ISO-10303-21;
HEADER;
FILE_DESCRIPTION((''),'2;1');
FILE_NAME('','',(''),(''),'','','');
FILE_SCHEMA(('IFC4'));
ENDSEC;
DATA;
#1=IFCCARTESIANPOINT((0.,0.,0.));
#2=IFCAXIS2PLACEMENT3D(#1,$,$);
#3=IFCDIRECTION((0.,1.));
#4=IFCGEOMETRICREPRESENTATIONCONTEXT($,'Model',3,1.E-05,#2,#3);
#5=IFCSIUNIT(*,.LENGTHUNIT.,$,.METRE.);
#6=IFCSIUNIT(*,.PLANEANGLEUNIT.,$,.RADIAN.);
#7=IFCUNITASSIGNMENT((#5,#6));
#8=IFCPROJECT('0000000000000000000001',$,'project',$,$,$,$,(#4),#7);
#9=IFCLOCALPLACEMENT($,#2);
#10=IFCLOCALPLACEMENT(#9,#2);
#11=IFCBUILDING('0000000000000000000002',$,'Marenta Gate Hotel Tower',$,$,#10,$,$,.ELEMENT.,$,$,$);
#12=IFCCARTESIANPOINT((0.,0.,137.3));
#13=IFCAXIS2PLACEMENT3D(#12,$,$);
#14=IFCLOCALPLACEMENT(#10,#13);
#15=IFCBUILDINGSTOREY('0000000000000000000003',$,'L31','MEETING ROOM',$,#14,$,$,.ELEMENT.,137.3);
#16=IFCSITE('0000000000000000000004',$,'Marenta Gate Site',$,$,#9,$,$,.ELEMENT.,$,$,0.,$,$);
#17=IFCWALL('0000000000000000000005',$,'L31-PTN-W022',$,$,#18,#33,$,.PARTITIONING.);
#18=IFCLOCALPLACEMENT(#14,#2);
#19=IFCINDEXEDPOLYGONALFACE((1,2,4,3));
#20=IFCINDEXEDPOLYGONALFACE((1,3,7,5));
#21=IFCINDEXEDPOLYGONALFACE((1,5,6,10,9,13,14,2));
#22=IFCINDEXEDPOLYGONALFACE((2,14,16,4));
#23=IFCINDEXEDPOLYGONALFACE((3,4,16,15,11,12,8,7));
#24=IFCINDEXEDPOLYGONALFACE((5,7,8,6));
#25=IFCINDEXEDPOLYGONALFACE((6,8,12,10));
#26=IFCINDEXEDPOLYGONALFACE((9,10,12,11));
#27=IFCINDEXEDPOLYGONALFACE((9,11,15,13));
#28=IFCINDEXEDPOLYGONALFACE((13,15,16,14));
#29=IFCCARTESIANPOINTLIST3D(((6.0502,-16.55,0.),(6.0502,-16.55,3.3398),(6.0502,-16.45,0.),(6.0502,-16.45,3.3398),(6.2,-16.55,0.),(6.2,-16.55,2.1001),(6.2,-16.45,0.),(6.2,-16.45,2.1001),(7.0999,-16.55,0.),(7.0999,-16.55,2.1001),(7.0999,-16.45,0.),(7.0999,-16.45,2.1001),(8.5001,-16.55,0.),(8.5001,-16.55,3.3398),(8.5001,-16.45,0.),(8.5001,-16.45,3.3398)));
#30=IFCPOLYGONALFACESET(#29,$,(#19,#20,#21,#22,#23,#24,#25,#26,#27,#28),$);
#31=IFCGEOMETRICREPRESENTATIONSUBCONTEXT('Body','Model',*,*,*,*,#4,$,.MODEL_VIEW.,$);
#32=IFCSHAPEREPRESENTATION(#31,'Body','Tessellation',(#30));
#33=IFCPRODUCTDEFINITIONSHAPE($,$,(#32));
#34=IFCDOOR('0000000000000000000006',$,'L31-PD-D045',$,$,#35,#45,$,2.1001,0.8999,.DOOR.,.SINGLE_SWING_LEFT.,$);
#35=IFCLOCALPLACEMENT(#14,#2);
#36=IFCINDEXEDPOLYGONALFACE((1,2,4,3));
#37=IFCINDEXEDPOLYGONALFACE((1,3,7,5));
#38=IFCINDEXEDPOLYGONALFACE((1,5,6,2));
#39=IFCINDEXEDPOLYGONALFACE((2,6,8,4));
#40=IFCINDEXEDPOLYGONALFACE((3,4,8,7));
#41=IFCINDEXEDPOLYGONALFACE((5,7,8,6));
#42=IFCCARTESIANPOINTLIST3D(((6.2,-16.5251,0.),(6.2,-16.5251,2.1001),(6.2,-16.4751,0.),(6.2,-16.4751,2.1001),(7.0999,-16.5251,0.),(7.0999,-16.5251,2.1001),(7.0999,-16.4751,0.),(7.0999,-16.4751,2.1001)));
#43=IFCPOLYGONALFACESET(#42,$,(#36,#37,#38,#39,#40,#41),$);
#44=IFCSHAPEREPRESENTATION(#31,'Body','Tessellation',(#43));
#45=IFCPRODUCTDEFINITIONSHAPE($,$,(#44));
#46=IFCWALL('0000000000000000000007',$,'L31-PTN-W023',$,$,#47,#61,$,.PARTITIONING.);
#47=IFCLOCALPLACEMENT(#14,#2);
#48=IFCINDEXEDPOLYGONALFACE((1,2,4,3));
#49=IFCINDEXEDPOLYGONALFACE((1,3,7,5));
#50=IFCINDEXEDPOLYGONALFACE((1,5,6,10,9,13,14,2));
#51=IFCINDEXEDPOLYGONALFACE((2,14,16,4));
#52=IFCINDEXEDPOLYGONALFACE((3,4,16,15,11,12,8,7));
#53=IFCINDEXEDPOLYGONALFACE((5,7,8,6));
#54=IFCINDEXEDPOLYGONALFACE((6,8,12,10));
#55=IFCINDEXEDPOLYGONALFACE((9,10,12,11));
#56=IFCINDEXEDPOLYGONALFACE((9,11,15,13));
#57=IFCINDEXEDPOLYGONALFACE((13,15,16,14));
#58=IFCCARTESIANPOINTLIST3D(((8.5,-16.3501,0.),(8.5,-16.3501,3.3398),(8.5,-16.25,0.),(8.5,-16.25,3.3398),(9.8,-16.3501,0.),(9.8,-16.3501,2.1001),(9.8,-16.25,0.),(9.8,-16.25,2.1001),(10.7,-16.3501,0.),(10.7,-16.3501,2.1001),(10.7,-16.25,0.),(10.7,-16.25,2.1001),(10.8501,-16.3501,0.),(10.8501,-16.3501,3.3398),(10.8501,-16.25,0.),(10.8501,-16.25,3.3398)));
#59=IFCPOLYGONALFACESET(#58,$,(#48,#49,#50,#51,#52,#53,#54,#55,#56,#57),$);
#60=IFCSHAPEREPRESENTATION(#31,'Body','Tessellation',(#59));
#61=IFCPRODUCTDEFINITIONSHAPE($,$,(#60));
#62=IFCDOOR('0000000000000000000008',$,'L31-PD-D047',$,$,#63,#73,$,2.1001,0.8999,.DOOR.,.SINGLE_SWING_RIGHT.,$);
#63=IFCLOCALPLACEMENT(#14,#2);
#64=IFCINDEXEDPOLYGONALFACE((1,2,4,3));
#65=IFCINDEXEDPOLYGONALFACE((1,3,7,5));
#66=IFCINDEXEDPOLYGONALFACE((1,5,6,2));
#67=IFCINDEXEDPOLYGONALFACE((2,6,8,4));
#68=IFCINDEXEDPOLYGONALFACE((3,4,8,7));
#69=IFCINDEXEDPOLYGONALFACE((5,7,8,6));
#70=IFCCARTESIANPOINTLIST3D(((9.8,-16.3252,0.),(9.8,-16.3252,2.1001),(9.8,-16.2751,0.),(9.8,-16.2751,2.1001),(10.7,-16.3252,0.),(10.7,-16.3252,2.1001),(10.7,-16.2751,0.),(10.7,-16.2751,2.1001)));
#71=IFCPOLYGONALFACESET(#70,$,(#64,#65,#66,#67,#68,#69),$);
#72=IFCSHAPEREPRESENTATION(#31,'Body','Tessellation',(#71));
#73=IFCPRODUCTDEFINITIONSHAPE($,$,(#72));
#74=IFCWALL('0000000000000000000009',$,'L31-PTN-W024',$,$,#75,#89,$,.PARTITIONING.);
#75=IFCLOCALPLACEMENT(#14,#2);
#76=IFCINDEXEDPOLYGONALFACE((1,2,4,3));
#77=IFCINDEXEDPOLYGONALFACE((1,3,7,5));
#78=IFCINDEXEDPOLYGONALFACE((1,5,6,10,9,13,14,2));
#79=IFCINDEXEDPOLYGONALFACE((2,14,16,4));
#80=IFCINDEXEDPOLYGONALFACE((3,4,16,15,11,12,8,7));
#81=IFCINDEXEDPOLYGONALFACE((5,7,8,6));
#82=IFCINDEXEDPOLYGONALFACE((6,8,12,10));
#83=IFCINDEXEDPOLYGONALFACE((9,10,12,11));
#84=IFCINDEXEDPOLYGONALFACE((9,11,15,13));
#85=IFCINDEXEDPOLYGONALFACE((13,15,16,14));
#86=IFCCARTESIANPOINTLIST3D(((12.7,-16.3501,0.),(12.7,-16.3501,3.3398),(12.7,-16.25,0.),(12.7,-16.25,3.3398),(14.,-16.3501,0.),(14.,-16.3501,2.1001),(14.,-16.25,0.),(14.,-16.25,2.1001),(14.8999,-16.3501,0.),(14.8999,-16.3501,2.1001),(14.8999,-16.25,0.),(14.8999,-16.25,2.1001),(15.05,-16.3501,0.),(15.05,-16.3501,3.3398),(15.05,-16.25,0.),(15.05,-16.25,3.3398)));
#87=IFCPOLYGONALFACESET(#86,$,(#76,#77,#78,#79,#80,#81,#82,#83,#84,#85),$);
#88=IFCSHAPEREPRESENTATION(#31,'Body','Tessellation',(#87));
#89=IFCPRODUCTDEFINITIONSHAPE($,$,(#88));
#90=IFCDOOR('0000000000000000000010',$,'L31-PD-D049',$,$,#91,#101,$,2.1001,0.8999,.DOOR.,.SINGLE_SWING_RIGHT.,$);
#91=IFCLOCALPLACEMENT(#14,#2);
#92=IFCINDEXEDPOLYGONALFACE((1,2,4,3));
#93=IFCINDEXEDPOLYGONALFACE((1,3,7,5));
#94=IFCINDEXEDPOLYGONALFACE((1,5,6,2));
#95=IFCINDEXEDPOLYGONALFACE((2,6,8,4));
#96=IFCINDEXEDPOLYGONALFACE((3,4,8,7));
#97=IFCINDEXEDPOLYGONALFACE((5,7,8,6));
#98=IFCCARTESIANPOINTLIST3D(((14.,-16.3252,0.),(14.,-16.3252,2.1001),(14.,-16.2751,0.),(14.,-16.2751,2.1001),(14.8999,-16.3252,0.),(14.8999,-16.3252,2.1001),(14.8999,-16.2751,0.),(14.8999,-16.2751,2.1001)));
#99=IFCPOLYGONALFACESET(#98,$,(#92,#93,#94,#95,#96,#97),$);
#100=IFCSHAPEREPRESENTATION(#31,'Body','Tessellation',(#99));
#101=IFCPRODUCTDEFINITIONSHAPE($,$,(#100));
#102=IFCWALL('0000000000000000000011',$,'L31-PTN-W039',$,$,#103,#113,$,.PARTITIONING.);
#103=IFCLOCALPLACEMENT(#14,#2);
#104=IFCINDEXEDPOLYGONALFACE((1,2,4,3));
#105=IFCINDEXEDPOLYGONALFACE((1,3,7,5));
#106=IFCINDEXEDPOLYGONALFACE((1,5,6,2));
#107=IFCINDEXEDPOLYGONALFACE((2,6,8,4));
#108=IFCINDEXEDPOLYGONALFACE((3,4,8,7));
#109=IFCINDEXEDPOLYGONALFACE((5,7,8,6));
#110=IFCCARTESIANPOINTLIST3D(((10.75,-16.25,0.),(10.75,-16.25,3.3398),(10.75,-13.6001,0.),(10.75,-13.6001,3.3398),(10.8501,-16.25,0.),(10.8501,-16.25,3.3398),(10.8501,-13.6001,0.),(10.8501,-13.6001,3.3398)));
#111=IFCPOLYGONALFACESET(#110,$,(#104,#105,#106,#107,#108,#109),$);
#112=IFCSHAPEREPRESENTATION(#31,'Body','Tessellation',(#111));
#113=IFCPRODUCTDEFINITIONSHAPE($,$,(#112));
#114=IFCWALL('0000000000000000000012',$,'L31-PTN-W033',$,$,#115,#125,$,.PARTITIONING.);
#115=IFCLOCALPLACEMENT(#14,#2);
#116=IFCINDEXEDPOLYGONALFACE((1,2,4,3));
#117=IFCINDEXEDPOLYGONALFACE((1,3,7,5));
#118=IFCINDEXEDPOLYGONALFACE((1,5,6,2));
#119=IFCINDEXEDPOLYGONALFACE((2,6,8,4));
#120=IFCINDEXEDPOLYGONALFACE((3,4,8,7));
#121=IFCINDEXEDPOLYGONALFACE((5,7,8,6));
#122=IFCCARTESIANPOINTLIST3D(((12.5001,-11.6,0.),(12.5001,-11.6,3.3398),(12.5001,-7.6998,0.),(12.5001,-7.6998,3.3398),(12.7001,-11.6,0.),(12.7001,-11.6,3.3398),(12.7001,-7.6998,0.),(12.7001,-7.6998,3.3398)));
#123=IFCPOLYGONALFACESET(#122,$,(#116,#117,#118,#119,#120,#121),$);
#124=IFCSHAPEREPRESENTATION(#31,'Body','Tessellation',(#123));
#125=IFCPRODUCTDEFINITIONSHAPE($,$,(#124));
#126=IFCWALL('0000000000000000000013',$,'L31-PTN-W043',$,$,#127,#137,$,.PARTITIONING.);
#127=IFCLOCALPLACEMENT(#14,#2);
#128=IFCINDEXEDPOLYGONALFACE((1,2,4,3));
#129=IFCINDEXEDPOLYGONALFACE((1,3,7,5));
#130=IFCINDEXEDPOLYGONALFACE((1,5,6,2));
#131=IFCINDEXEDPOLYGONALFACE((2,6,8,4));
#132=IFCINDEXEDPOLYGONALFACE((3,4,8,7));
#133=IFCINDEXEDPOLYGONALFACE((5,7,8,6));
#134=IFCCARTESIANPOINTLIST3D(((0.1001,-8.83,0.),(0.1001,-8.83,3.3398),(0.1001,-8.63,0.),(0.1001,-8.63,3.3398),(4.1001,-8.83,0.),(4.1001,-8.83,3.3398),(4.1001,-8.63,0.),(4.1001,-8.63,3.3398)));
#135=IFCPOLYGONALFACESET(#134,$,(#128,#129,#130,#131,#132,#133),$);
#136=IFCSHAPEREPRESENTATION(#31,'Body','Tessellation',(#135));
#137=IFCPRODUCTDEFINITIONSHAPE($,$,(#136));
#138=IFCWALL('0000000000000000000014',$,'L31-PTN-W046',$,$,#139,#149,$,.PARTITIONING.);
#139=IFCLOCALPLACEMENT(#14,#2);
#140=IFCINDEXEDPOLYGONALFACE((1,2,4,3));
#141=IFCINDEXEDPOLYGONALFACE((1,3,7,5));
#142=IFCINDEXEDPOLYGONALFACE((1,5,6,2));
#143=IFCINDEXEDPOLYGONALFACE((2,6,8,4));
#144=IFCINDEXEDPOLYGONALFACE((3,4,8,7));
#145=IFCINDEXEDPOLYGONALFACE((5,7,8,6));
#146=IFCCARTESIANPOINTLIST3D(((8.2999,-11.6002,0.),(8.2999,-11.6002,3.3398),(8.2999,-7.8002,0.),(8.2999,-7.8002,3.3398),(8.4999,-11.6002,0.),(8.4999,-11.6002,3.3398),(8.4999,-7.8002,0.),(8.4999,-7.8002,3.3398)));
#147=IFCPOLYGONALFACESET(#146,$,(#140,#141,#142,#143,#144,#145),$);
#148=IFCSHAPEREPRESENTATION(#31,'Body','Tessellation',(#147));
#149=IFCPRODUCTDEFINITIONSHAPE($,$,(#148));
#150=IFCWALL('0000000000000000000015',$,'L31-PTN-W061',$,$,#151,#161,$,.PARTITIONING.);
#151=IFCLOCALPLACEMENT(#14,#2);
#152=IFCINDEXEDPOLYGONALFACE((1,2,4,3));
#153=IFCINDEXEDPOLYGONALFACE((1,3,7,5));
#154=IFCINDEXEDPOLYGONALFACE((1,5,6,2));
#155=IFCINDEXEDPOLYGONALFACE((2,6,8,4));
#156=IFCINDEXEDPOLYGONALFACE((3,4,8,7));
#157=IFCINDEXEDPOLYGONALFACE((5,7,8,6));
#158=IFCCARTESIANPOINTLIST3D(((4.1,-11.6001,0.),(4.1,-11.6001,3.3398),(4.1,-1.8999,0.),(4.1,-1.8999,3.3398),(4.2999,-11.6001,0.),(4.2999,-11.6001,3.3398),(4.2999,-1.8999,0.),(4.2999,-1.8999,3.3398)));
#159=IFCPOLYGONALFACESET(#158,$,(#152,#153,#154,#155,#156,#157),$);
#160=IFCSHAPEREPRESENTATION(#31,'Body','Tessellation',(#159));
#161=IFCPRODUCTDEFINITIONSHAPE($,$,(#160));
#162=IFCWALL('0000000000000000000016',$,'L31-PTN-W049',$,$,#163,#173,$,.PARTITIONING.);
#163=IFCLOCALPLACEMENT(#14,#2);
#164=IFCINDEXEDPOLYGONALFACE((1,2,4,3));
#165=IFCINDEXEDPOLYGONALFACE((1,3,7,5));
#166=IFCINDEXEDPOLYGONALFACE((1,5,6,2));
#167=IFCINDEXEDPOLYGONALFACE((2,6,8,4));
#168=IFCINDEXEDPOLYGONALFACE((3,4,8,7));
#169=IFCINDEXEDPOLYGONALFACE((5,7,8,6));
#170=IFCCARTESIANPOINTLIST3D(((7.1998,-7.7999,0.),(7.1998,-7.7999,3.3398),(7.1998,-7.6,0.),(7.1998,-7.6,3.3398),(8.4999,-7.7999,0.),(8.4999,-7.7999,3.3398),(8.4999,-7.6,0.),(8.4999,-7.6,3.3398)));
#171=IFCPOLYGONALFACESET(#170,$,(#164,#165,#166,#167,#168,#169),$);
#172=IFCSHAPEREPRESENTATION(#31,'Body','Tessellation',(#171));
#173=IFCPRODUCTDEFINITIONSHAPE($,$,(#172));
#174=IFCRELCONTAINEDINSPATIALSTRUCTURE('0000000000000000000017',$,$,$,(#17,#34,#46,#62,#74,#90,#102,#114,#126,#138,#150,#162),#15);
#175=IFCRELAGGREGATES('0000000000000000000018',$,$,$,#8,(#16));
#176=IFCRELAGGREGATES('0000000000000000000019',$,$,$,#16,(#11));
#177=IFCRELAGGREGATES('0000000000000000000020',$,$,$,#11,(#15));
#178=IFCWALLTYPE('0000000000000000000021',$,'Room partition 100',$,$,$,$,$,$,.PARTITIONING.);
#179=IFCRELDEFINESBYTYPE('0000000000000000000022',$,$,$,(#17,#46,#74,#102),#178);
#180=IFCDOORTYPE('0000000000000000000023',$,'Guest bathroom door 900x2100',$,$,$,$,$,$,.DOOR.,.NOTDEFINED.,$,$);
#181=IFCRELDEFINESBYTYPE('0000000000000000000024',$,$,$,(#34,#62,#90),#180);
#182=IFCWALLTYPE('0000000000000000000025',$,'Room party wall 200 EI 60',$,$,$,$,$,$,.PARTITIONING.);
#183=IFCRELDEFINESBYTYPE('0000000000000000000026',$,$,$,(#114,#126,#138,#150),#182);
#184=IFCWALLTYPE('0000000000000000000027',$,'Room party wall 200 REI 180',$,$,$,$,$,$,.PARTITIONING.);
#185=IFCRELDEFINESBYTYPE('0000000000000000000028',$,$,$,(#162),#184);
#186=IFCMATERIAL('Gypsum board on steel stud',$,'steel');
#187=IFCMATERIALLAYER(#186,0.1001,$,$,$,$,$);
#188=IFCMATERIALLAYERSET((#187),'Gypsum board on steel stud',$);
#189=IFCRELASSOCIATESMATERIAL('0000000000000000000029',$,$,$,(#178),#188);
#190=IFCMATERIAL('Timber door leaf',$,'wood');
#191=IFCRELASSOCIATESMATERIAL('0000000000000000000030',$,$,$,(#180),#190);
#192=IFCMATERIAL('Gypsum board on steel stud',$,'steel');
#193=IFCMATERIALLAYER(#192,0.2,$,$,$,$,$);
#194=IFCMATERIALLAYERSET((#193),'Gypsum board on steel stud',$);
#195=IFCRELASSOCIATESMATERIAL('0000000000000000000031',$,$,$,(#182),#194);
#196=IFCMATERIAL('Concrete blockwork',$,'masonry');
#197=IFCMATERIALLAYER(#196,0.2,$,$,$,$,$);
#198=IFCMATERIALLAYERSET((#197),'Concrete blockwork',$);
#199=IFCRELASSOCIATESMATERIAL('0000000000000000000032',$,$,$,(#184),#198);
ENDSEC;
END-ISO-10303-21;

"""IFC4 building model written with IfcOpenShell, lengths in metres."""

from ifc_helpers import new_model, si_unit, direction, frame, frame_2d, origin, place, context, subcontext, project, spatial, rectangle, extrude, material, layer, layer_set, type_object, element, fill, save


model = new_model("IFC4")

# Units and contexts
model_context = context("Model", 3, precision=1e-05, world=origin(), true_north=direction((0.0, 1.0)))
body_context = subcontext(model_context, "Body", "Model", "MODEL_VIEW")
ifc_project = project(units=[si_unit("LENGTHUNIT", "METRE"), si_unit("PLANEANGLEUNIT", "RADIAN")], contexts=[model_context])

# Site, building, storey
site_placement = place(None, origin())
site = spatial("IfcSite", under=ifc_project, at=site_placement, Name="Marenta Gate Site", CompositionType="ELEMENT", RefElevation=0.0)
building_placement = place(site_placement, origin())
building = spatial("IfcBuilding", under=site, at=building_placement, Name="Marenta Gate Hotel Tower", CompositionType="ELEMENT")
storey_placement = place(building_placement, frame((0.0, 0.0, 137.3)))
storey = spatial("IfcBuildingStorey", under=building, at=storey_placement, Name="L31", Description="MEETING ROOM", CompositionType="ELEMENT", Elevation=137.3)

# Walls, openings, doors
ifc_material_1 = material(Name="Gypsum board on steel stud", Category="steel")
ifc_layer_1 = layer(ifc_material_1, 0.1001)
ifc_layer_set_1 = layer_set([ifc_layer_1], Name="Gypsum board on steel stud")
wall_type_1 = type_object("IfcWallType", Name="Room partition 100", PredefinedType="PARTITIONING", material=ifc_layer_set_1)
wall_1_placement = place(storey_placement, frame((6.05, -16.5, 0.0), z_axis=(0.0, 0.0, 1.0), x_axis=(1.0, 0.0, 0.0)))
wall_1 = element("IfcWall", 1, at=wall_1_placement, inside=storey, type_object=wall_type_1, Name="L31-PTN-W022", PredefinedType="PARTITIONING", context=body_context, shape_type="SweptSolid", body=[
    extrude(rectangle(XDim=2.45, YDim=0.1001, at=frame_2d((1.2251, 0.0))), origin(), (0.0, 0.0, 1.0), 3.3398),
])
opening_1_placement = place(wall_1_placement, frame((0.1499, 0.0, 0.0)))
opening_1 = element("IfcOpeningElement", 2, at=opening_1_placement, cuts=wall_1, PredefinedType="OPENING", context=body_context, shape_type="SweptSolid", body=[
    extrude(rectangle(XDim=0.8999, YDim=2.1001, at=frame_2d((0.45, 1.05))), frame((0.0, 0.05, 0.0), z_axis=(0.0, -1.0, 0.0), x_axis=(1.0, 0.0, 0.0)), (0.0, 0.0, 1.0), 0.1001),
])
ifc_material_2 = material(Name="Timber door leaf", Category="wood")
door_type_1 = type_object("IfcDoorType", Name="Guest bathroom door 900x2100", OperationType="NOTDEFINED", PredefinedType="DOOR", material=ifc_material_2)
door_1_placement = place(opening_1_placement, origin())
door_1 = element("IfcDoor", 3, at=door_1_placement, inside=storey, type_object=door_type_1, Name="L31-PD-D045", OperationType="SINGLE_SWING_LEFT", OverallHeight=2.1001, OverallWidth=0.8999, PredefinedType="DOOR", context=body_context, shape_type="SweptSolid", body=[
    extrude(rectangle(XDim=0.8999, YDim=2.1001, at=frame_2d((0.45, 1.05))), frame((0.0, 0.0249, 0.0), z_axis=(0.0, -1.0, 0.0), x_axis=(1.0, 0.0, 0.0)), (0.0, 0.0, 1.0), 0.05),
])
fill(opening_1, door_1)
wall_2_placement = place(storey_placement, frame((8.5, -16.3, 0.0), z_axis=(0.0, 0.0, 1.0), x_axis=(1.0, 0.0, 0.0)))
wall_2 = element("IfcWall", 4, at=wall_2_placement, inside=storey, type_object=wall_type_1, Name="L31-PTN-W023", PredefinedType="PARTITIONING", context=body_context, shape_type="SweptSolid", body=[
    extrude(rectangle(XDim=2.3501, YDim=0.1001, at=frame_2d((1.175, 0.0))), origin(), (0.0, 0.0, 1.0), 3.3398),
])
opening_2_placement = place(wall_2_placement, frame((1.3, 0.0, 0.0)))
opening_2 = element("IfcOpeningElement", 5, at=opening_2_placement, cuts=wall_2, PredefinedType="OPENING", context=body_context, shape_type="SweptSolid", body=[
    extrude(rectangle(XDim=0.8999, YDim=2.1001, at=frame_2d((0.45, 1.05))), frame((0.0, 0.05, 0.0), z_axis=(0.0, -1.0, 0.0), x_axis=(1.0, 0.0, 0.0)), (0.0, 0.0, 1.0), 0.1001),
])
door_2_placement = place(opening_2_placement, origin())
door_2 = element("IfcDoor", 6, at=door_2_placement, inside=storey, type_object=door_type_1, Name="L31-PD-D047", OperationType="SINGLE_SWING_RIGHT", OverallHeight=2.1001, OverallWidth=0.8999, PredefinedType="DOOR", context=body_context, shape_type="SweptSolid", body=[
    extrude(rectangle(XDim=0.8999, YDim=2.1001, at=frame_2d((0.45, 1.05))), frame((0.0, 0.0249, 0.0), z_axis=(0.0, -1.0, 0.0), x_axis=(1.0, 0.0, 0.0)), (0.0, 0.0, 1.0), 0.05),
])
fill(opening_2, door_2)
wall_3_placement = place(storey_placement, frame((12.7, -16.3, 0.0), z_axis=(0.0, 0.0, 1.0), x_axis=(1.0, 0.0, 0.0)))
wall_3 = element("IfcWall", 7, at=wall_3_placement, inside=storey, type_object=wall_type_1, Name="L31-PTN-W024", PredefinedType="PARTITIONING", context=body_context, shape_type="SweptSolid", body=[
    extrude(rectangle(XDim=2.3501, YDim=0.1001, at=frame_2d((1.175, 0.0))), origin(), (0.0, 0.0, 1.0), 3.3398),
])
opening_3_placement = place(wall_3_placement, frame((1.3, 0.0, 0.0)))
opening_3 = element("IfcOpeningElement", 8, at=opening_3_placement, cuts=wall_3, PredefinedType="OPENING", context=body_context, shape_type="SweptSolid", body=[
    extrude(rectangle(XDim=0.8999, YDim=2.1001, at=frame_2d((0.45, 1.05))), frame((0.0, 0.05, 0.0), z_axis=(0.0, -1.0, 0.0), x_axis=(1.0, 0.0, 0.0)), (0.0, 0.0, 1.0), 0.1001),
])
door_3_placement = place(opening_3_placement, origin())
door_3 = element("IfcDoor", 9, at=door_3_placement, inside=storey, type_object=door_type_1, Name="L31-PD-D049", OperationType="SINGLE_SWING_RIGHT", OverallHeight=2.1001, OverallWidth=0.8999, PredefinedType="DOOR", context=body_context, shape_type="SweptSolid", body=[
    extrude(rectangle(XDim=0.8999, YDim=2.1001, at=frame_2d((0.45, 1.05))), frame((0.0, 0.0249, 0.0), z_axis=(0.0, -1.0, 0.0), x_axis=(1.0, 0.0, 0.0)), (0.0, 0.0, 1.0), 0.05),
])
fill(opening_3, door_3)

# Walls
wall_4_placement = place(storey_placement, frame((10.8, -16.25, 0.0), z_axis=(0.0, 0.0, 1.0), x_axis=(0.0, 1.0, 0.0)))
element("IfcWall", 10, at=wall_4_placement, inside=storey, type_object=wall_type_1, Name="L31-PTN-W039", PredefinedType="PARTITIONING", context=body_context, shape_type="SweptSolid", body=[
    extrude(rectangle(XDim=2.6499, YDim=0.1001, at=frame_2d((1.325, 0.0))), origin(), (0.0, 0.0, 1.0), 3.3398),
])
ifc_material_3 = material(Name="Gypsum board on steel stud", Category="steel")
ifc_layer_2 = layer(ifc_material_3, 0.2)
ifc_layer_set_2 = layer_set([ifc_layer_2], Name="Gypsum board on steel stud")
wall_type_2 = type_object("IfcWallType", Name="Room party wall 200 EI 60", PredefinedType="PARTITIONING", material=ifc_layer_set_2)
wall_5_placement = place(storey_placement, frame((12.6001, -11.6001, 0.0), z_axis=(0.0, 0.0, 1.0), x_axis=(0.0, 1.0, 0.0)))
element("IfcWall", 11, at=wall_5_placement, inside=storey, type_object=wall_type_2, Name="L31-PTN-W033", PredefinedType="PARTITIONING", context=body_context, shape_type="SweptSolid", body=[
    extrude(rectangle(XDim=3.9001, YDim=0.2, at=frame_2d((1.9502, 0.0))), origin(), (0.0, 0.0, 1.0), 3.3398),
])
wall_6_placement = place(storey_placement, frame((0.1001, -8.73, 0.0), z_axis=(0.0, 0.0, 1.0), x_axis=(1.0, 0.0, 0.0)))
element("IfcWall", 12, at=wall_6_placement, inside=storey, type_object=wall_type_2, Name="L31-PTN-W043", PredefinedType="PARTITIONING", context=body_context, shape_type="SweptSolid", body=[
    extrude(rectangle(XDim=4.0, YDim=0.2, at=frame_2d((2.0, 0.0))), origin(), (0.0, 0.0, 1.0), 3.3398),
])
wall_7_placement = place(storey_placement, frame((8.3999, -11.6001, 0.0), z_axis=(0.0, 0.0, 1.0), x_axis=(0.0, 1.0, 0.0)))
element("IfcWall", 13, at=wall_7_placement, inside=storey, type_object=wall_type_2, Name="L31-PTN-W046", PredefinedType="PARTITIONING", context=body_context, shape_type="SweptSolid", body=[
    extrude(rectangle(XDim=3.8, YDim=0.2, at=frame_2d((1.8999, 0.0))), origin(), (0.0, 0.0, 1.0), 3.3398),
])
wall_8_placement = place(storey_placement, frame((4.2, -11.6001, 0.0), z_axis=(0.0, 0.0, 1.0), x_axis=(0.0, 1.0, 0.0)))
element("IfcWall", 14, at=wall_8_placement, inside=storey, type_object=wall_type_2, Name="L31-PTN-W061", PredefinedType="PARTITIONING", context=body_context, shape_type="SweptSolid", body=[
    extrude(rectangle(XDim=9.7002, YDim=0.2, at=frame_2d((4.8501, 0.0))), origin(), (0.0, 0.0, 1.0), 3.3398),
])
ifc_material_4 = material(Name="Concrete blockwork", Category="masonry")
ifc_layer_3 = layer(ifc_material_4, 0.2)
ifc_layer_set_3 = layer_set([ifc_layer_3], Name="Concrete blockwork")
wall_type_3 = type_object("IfcWallType", Name="Room party wall 200 REI 180", PredefinedType="PARTITIONING", material=ifc_layer_set_3)
wall_9_placement = place(storey_placement, frame((7.2, -7.7, 0.0), z_axis=(0.0, 0.0, 1.0), x_axis=(1.0, 0.0, 0.0)))
element("IfcWall", 15, at=wall_9_placement, inside=storey, type_object=wall_type_3, Name="L31-PTN-W049", PredefinedType="PARTITIONING", context=body_context, shape_type="SweptSolid", body=[
    extrude(rectangle(XDim=1.3, YDim=0.2, at=frame_2d((0.6499, 0.0))), origin(), (0.0, 0.0, 1.0), 3.3398),
])

save(model, "model.ifc")
